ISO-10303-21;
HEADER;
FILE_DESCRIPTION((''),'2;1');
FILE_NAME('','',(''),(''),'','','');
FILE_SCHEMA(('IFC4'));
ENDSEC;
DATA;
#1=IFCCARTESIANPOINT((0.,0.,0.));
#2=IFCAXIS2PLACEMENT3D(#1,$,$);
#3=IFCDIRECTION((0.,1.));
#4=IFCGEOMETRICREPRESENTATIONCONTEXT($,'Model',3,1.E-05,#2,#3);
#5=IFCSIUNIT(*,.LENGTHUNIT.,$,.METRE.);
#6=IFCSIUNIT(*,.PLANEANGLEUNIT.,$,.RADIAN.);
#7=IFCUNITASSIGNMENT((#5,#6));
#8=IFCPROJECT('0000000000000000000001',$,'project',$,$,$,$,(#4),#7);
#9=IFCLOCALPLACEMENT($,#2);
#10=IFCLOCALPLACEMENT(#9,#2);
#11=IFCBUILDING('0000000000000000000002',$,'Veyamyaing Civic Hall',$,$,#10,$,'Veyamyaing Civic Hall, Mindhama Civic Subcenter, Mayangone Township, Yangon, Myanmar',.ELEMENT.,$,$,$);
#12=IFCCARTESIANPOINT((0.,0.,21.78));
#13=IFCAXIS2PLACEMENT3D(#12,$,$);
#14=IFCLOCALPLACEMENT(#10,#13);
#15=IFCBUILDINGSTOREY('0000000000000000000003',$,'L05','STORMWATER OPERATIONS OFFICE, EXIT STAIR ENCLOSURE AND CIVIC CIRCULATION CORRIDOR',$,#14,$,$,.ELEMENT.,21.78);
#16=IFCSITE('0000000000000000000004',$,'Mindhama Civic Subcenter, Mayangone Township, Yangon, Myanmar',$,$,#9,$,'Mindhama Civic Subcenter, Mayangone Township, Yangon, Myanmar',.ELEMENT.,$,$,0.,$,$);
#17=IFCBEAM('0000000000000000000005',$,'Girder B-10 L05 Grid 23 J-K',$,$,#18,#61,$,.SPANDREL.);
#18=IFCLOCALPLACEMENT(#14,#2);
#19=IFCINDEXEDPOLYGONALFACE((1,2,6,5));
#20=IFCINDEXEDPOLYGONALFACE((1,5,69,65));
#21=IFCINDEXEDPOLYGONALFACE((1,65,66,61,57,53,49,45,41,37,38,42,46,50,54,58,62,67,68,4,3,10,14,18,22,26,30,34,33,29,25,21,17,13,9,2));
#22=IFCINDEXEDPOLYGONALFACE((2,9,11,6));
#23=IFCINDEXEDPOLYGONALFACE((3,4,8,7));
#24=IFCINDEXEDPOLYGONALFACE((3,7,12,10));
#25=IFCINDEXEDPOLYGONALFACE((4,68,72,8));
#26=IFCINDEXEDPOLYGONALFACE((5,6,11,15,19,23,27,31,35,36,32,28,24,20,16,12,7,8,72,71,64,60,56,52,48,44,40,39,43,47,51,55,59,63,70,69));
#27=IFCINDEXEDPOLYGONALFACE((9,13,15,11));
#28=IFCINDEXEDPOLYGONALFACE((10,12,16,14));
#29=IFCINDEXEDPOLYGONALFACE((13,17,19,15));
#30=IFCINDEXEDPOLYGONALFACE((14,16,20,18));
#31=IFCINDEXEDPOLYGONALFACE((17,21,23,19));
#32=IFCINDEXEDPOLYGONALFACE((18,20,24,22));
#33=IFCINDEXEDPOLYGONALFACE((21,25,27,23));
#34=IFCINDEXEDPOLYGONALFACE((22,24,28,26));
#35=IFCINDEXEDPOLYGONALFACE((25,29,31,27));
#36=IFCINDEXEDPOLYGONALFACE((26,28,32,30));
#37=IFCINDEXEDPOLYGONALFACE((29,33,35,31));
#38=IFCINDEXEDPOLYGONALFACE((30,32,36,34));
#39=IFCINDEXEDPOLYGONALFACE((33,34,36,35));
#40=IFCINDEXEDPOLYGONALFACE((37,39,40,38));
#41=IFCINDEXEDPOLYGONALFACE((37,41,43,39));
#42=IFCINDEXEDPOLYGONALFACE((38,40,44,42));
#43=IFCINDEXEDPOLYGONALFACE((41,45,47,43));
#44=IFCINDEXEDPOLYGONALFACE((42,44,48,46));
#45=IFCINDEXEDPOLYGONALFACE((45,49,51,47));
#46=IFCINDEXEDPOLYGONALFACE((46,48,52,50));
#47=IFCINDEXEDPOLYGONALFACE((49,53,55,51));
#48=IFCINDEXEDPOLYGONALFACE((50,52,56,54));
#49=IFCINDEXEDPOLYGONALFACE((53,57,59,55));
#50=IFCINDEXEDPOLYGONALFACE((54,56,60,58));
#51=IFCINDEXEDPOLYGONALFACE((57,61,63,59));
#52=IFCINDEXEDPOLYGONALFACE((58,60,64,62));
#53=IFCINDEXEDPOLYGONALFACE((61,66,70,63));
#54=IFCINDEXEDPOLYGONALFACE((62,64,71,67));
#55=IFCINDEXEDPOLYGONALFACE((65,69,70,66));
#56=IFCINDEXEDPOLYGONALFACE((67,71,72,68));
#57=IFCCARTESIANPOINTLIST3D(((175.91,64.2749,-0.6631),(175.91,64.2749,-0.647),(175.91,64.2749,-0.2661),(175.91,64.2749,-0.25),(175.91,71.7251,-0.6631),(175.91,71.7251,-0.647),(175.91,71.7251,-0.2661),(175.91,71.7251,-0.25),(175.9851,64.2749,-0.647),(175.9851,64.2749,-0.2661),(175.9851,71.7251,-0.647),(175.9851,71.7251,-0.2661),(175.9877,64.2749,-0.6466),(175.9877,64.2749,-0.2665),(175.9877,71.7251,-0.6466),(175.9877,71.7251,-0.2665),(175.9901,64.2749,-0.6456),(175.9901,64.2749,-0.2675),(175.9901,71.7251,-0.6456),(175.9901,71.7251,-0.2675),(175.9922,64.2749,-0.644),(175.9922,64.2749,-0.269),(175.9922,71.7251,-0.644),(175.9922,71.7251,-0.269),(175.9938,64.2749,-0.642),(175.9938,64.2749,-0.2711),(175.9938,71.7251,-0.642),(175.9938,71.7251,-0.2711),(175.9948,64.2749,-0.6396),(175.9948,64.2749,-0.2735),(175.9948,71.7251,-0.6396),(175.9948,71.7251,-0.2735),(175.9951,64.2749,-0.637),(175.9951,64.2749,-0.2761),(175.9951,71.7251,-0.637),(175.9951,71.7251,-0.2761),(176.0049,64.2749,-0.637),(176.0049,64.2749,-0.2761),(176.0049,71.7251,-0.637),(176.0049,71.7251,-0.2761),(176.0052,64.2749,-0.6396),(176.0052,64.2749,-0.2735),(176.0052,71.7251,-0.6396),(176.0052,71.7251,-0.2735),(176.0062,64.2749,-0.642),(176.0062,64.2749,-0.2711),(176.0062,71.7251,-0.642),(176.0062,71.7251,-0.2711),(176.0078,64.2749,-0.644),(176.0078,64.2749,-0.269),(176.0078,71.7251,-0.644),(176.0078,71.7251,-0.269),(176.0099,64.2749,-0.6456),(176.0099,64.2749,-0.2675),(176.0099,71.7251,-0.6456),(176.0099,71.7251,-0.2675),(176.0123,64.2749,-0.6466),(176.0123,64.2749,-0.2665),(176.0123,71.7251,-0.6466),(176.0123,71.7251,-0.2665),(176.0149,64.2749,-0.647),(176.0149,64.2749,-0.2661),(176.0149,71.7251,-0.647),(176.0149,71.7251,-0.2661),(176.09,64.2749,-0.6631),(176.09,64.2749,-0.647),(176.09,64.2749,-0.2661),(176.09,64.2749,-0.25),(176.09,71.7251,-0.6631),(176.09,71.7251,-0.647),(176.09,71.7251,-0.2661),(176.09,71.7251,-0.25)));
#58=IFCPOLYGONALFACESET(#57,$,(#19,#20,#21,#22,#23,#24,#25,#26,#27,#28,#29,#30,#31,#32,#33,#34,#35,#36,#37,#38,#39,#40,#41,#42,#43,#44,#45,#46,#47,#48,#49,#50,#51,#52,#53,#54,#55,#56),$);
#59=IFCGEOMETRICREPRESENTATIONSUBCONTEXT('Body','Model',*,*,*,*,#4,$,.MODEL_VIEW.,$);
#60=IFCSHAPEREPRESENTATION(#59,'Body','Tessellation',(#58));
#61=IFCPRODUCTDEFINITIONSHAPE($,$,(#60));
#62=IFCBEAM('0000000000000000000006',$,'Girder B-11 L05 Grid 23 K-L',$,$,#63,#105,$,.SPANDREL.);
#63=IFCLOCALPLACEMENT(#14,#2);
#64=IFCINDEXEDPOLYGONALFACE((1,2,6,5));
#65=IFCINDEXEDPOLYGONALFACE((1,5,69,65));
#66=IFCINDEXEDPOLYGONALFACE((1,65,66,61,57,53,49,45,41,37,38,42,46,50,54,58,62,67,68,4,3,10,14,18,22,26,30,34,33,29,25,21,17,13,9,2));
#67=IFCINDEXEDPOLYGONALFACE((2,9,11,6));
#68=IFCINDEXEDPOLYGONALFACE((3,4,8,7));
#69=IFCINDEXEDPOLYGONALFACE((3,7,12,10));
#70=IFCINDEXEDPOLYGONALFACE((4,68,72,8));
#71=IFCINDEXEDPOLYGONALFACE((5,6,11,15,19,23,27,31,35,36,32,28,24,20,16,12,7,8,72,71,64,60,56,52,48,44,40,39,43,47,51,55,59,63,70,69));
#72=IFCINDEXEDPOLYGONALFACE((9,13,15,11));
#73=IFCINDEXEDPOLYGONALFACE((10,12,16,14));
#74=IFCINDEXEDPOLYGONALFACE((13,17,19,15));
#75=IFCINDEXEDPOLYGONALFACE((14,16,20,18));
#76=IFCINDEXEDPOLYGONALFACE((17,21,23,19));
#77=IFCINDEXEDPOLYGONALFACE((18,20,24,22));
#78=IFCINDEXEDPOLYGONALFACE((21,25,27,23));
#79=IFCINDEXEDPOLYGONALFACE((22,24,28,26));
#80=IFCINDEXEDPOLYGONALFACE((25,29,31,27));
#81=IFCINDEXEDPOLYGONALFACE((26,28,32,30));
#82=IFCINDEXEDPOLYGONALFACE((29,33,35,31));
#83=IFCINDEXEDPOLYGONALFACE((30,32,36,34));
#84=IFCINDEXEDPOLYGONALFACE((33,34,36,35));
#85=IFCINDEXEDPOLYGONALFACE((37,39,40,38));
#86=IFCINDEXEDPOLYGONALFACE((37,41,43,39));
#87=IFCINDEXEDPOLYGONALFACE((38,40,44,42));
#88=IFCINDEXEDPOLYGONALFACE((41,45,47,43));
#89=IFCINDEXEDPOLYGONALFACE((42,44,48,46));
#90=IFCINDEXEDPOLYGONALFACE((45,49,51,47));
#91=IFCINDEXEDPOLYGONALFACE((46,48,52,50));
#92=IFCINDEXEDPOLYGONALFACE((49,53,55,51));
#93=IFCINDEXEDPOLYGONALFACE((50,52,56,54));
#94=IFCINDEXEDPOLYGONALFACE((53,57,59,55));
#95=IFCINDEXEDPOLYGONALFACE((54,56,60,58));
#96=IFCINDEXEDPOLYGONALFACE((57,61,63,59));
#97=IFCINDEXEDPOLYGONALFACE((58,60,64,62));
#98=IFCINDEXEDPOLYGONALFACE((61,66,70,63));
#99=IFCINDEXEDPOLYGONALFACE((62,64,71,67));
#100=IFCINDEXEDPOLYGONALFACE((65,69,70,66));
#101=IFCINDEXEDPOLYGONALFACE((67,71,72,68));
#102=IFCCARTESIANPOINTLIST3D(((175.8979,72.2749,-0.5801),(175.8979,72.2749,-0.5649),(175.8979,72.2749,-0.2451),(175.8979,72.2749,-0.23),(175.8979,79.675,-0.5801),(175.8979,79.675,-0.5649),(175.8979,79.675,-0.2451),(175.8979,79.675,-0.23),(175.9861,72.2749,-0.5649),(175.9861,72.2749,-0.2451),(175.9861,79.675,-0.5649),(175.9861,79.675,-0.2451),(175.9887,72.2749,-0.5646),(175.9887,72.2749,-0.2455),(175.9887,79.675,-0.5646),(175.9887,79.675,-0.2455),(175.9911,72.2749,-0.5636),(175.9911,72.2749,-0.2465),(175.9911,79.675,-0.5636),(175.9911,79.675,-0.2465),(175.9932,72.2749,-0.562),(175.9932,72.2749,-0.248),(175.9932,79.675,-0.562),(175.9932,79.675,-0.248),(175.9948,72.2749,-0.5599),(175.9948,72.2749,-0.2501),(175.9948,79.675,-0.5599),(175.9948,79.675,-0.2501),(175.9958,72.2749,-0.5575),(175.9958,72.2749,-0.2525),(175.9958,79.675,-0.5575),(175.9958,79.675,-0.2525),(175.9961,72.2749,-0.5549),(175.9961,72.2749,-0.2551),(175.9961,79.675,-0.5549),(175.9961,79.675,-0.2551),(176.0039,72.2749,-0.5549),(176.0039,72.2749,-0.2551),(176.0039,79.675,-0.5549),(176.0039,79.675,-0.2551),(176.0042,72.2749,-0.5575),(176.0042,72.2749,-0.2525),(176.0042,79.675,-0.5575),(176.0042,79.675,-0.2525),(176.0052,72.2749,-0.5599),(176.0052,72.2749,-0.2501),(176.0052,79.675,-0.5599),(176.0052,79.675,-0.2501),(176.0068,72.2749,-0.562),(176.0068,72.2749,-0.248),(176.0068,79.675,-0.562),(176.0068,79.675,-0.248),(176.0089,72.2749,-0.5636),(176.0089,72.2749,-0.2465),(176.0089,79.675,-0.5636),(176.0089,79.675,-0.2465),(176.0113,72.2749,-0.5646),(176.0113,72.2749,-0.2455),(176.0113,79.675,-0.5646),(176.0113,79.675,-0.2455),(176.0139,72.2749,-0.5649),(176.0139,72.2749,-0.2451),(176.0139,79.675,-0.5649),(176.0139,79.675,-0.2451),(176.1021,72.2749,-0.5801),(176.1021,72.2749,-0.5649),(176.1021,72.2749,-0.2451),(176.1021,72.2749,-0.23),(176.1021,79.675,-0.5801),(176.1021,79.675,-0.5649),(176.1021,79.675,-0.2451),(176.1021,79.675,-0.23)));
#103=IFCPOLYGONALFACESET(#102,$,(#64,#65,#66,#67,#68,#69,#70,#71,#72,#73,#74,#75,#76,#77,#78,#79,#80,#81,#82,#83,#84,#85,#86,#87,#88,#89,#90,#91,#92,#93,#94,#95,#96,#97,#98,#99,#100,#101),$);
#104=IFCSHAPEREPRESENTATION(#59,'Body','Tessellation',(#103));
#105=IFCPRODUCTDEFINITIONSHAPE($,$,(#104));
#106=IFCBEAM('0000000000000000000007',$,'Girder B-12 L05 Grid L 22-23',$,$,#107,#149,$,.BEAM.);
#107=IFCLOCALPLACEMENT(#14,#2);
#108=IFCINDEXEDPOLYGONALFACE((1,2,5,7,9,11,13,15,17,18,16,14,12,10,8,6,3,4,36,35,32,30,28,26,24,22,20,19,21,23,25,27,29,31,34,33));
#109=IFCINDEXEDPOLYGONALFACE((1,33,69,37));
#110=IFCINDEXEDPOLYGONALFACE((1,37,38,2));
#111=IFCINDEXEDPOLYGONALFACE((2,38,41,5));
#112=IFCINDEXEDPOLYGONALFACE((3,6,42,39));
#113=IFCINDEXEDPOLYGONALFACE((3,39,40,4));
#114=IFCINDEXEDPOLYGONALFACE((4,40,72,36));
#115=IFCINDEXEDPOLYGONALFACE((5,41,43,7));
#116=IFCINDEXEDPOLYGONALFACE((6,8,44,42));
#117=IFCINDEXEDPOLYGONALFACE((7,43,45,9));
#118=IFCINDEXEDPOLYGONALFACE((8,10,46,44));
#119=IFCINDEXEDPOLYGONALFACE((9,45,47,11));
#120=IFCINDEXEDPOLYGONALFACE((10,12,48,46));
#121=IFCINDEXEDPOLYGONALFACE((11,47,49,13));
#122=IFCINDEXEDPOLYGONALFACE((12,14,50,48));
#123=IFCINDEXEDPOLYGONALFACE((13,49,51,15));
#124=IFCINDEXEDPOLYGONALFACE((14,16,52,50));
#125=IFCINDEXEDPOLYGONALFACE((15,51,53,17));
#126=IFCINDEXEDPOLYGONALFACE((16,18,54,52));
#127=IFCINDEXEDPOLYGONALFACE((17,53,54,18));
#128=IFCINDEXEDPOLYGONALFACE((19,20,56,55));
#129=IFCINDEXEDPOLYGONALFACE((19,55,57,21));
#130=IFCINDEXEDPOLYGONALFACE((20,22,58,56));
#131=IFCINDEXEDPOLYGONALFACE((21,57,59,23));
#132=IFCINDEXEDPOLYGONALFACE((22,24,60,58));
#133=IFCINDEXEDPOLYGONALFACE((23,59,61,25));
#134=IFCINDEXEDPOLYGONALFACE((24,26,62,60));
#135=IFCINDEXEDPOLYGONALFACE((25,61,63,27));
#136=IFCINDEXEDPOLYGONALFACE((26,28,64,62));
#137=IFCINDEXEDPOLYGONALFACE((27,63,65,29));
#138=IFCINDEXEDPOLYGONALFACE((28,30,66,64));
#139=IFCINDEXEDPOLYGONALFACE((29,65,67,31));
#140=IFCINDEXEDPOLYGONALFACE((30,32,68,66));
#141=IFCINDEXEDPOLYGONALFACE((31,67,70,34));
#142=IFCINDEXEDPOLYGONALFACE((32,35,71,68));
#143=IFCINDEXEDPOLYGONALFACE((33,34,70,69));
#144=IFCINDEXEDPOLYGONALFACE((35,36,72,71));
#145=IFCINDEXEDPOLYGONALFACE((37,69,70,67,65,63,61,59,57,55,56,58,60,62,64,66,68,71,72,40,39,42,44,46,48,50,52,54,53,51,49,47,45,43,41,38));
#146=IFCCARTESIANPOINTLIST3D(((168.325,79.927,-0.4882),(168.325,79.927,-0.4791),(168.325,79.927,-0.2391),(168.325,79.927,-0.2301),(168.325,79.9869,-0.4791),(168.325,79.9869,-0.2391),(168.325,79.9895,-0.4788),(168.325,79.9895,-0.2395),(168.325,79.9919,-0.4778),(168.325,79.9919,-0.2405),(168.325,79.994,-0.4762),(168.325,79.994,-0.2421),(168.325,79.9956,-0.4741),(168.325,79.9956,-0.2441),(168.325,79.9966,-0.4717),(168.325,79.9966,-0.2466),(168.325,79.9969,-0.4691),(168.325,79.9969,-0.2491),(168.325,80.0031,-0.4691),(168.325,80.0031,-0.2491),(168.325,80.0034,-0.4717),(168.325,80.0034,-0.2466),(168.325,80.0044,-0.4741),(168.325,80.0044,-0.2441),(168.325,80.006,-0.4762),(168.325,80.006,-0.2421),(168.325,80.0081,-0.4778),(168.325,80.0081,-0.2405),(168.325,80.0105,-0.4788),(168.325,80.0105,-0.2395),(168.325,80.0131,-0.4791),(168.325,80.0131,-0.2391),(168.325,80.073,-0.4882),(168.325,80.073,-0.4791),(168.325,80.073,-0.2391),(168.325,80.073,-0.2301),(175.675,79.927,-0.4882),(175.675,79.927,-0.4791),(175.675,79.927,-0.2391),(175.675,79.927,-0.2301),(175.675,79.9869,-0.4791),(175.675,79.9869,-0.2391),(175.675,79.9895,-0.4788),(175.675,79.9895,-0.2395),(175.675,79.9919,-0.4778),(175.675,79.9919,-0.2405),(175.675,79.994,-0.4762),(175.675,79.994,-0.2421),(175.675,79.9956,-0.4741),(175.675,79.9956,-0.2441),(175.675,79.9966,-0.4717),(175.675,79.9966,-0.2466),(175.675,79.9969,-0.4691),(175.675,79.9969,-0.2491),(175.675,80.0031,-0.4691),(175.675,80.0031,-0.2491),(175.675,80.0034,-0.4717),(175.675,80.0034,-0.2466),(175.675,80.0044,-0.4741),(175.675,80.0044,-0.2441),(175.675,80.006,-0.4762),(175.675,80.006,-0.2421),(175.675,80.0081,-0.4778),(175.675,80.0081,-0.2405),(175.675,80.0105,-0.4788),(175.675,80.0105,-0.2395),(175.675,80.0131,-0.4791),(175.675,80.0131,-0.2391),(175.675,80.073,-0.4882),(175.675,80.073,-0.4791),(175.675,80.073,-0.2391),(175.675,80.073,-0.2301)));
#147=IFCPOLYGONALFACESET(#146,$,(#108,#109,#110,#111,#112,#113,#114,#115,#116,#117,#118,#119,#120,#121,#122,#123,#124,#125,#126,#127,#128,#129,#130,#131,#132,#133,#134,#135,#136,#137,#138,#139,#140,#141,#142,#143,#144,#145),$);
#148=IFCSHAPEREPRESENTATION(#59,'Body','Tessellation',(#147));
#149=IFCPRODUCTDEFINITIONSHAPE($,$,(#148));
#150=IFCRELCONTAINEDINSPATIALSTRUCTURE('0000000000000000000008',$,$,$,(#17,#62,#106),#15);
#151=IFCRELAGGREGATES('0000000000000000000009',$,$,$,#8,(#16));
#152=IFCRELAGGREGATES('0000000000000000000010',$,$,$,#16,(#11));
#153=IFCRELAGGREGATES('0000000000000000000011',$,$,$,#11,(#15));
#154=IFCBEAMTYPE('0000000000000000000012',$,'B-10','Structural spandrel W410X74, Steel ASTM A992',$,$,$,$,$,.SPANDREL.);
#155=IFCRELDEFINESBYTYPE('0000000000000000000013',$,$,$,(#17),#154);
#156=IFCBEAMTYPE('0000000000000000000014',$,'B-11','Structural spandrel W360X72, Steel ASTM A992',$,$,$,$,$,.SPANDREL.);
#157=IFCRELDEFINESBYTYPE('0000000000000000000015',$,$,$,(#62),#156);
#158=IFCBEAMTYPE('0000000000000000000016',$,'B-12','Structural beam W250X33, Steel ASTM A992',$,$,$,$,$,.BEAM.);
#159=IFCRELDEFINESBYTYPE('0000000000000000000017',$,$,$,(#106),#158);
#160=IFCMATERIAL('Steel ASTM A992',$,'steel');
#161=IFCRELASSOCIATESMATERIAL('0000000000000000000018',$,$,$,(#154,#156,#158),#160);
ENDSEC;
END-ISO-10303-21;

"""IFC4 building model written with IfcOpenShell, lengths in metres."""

from ifc_helpers import new_model, si_unit, direction, frame, origin, origin_2d, place, context, subcontext, project, spatial, i_section, extrude, material, material_profile, profile_set, type_object, element, save


model = new_model("IFC4")

# Units and contexts
model_context = context("Model", 3, precision=1e-05, world=origin(), true_north=direction((0.0, 1.0)))
body_context = subcontext(model_context, "Body", "Model", "MODEL_VIEW")
ifc_project = project(units=[si_unit("LENGTHUNIT", "METRE"), si_unit("PLANEANGLEUNIT", "RADIAN")], contexts=[model_context])

# Site, building, storey
site_placement = place(None, origin())
site = spatial("IfcSite", under=ifc_project, at=site_placement, Name="Mindhama Civic Subcenter, Mayangone Township, Yangon, Myanmar", LongName="Mindhama Civic Subcenter, Mayangone Township, Yangon, Myanmar", CompositionType="ELEMENT", RefElevation=0.0)
building_placement = place(site_placement, origin())
building = spatial("IfcBuilding", under=site, at=building_placement, Name="Veyamyaing Civic Hall", LongName="Veyamyaing Civic Hall, Mindhama Civic Subcenter, Mayangone Township, Yangon, Myanmar", CompositionType="ELEMENT")
storey_placement = place(building_placement, frame((0.0, 0.0, 21.78)))
storey = spatial("IfcBuildingStorey", under=building, at=storey_placement, Name="L05", Description="STORMWATER OPERATIONS OFFICE, EXIT STAIR ENCLOSURE AND CIVIC CIRCULATION CORRIDOR", CompositionType="ELEMENT", Elevation=21.78)

# Beams
ifc_material_1 = material(Name="Steel ASTM A992", Category="steel")
ifc_material_profile_1 = material_profile(ifc_material_1, i_section(OverallWidth=0.1799, OverallDepth=0.4131, WebThickness=0.0098, FlangeThickness=0.0161, FilletRadius=0.01, at=origin_2d()), Name="W410X74")
ifc_profile_set_1 = profile_set([ifc_material_profile_1], Name="Steel ASTM A992")
beam_type_1 = type_object("IfcBeamType", Name="B-10", Description="Structural spandrel W410X74, Steel ASTM A992", PredefinedType="SPANDREL", material=ifc_profile_set_1)
beam_1_placement = place(storey_placement, frame((176.0, 64.2749, -0.4565), z_axis=(0.0, 1.0, 0.0), x_axis=(-1.0, 0.0, 0.0)))
element("IfcBeam", 1, at=beam_1_placement, inside=storey, type_object=beam_type_1, Name="Girder B-10 L05 Grid 23 J-K", PredefinedType="SPANDREL", context=body_context, shape_type="SweptSolid", body=[
    extrude(i_section(OverallWidth=0.1799, OverallDepth=0.4131, WebThickness=0.0098, FlangeThickness=0.0161, FilletRadius=0.01, at=origin_2d()), origin(), (0.0, 0.0, 1.0), 7.4502),
])
ifc_material_profile_2 = material_profile(ifc_material_1, i_section(OverallWidth=0.2041, OverallDepth=0.3501, WebThickness=0.0078, FlangeThickness=0.0151, FilletRadius=0.01, at=origin_2d()), Name="W360X72")
ifc_profile_set_2 = profile_set([ifc_material_profile_2], Name="Steel ASTM A992")
beam_type_2 = type_object("IfcBeamType", Name="B-11", Description="Structural spandrel W360X72, Steel ASTM A992", PredefinedType="SPANDREL", material=ifc_profile_set_2)
beam_2_placement = place(storey_placement, frame((176.0, 72.2749, -0.405), z_axis=(0.0, 1.0, 0.0), x_axis=(-1.0, 0.0, 0.0)))
element("IfcBeam", 2, at=beam_2_placement, inside=storey, type_object=beam_type_2, Name="Girder B-11 L05 Grid 23 K-L", PredefinedType="SPANDREL", context=body_context, shape_type="SweptSolid", body=[
    extrude(i_section(OverallWidth=0.2041, OverallDepth=0.3501, WebThickness=0.0078, FlangeThickness=0.0151, FilletRadius=0.01, at=origin_2d()), origin(), (0.0, 0.0, 1.0), 7.4001),
])
ifc_material_profile_3 = material_profile(ifc_material_1, i_section(OverallWidth=0.146, OverallDepth=0.2581, WebThickness=0.0061, FlangeThickness=0.009, FilletRadius=0.01, at=origin_2d()), Name="W250X33")
ifc_profile_set_3 = profile_set([ifc_material_profile_3], Name="Steel ASTM A992")
beam_type_3 = type_object("IfcBeamType", Name="B-12", Description="Structural beam W250X33, Steel ASTM A992", PredefinedType="BEAM", material=ifc_profile_set_3)
beam_3_placement = place(storey_placement, frame((168.325, 80.0, -0.3591), z_axis=(1.0, 0.0, 0.0), x_axis=(0.0, 1.0, 0.0)))
element("IfcBeam", 3, at=beam_3_placement, inside=storey, type_object=beam_type_3, Name="Girder B-12 L05 Grid L 22-23", PredefinedType="BEAM", context=body_context, shape_type="SweptSolid", body=[
    extrude(i_section(OverallWidth=0.146, OverallDepth=0.2581, WebThickness=0.0061, FlangeThickness=0.009, FilletRadius=0.01, at=origin_2d()), origin(), (0.0, 0.0, 1.0), 7.3501),
])

save(model, "model.ifc")
